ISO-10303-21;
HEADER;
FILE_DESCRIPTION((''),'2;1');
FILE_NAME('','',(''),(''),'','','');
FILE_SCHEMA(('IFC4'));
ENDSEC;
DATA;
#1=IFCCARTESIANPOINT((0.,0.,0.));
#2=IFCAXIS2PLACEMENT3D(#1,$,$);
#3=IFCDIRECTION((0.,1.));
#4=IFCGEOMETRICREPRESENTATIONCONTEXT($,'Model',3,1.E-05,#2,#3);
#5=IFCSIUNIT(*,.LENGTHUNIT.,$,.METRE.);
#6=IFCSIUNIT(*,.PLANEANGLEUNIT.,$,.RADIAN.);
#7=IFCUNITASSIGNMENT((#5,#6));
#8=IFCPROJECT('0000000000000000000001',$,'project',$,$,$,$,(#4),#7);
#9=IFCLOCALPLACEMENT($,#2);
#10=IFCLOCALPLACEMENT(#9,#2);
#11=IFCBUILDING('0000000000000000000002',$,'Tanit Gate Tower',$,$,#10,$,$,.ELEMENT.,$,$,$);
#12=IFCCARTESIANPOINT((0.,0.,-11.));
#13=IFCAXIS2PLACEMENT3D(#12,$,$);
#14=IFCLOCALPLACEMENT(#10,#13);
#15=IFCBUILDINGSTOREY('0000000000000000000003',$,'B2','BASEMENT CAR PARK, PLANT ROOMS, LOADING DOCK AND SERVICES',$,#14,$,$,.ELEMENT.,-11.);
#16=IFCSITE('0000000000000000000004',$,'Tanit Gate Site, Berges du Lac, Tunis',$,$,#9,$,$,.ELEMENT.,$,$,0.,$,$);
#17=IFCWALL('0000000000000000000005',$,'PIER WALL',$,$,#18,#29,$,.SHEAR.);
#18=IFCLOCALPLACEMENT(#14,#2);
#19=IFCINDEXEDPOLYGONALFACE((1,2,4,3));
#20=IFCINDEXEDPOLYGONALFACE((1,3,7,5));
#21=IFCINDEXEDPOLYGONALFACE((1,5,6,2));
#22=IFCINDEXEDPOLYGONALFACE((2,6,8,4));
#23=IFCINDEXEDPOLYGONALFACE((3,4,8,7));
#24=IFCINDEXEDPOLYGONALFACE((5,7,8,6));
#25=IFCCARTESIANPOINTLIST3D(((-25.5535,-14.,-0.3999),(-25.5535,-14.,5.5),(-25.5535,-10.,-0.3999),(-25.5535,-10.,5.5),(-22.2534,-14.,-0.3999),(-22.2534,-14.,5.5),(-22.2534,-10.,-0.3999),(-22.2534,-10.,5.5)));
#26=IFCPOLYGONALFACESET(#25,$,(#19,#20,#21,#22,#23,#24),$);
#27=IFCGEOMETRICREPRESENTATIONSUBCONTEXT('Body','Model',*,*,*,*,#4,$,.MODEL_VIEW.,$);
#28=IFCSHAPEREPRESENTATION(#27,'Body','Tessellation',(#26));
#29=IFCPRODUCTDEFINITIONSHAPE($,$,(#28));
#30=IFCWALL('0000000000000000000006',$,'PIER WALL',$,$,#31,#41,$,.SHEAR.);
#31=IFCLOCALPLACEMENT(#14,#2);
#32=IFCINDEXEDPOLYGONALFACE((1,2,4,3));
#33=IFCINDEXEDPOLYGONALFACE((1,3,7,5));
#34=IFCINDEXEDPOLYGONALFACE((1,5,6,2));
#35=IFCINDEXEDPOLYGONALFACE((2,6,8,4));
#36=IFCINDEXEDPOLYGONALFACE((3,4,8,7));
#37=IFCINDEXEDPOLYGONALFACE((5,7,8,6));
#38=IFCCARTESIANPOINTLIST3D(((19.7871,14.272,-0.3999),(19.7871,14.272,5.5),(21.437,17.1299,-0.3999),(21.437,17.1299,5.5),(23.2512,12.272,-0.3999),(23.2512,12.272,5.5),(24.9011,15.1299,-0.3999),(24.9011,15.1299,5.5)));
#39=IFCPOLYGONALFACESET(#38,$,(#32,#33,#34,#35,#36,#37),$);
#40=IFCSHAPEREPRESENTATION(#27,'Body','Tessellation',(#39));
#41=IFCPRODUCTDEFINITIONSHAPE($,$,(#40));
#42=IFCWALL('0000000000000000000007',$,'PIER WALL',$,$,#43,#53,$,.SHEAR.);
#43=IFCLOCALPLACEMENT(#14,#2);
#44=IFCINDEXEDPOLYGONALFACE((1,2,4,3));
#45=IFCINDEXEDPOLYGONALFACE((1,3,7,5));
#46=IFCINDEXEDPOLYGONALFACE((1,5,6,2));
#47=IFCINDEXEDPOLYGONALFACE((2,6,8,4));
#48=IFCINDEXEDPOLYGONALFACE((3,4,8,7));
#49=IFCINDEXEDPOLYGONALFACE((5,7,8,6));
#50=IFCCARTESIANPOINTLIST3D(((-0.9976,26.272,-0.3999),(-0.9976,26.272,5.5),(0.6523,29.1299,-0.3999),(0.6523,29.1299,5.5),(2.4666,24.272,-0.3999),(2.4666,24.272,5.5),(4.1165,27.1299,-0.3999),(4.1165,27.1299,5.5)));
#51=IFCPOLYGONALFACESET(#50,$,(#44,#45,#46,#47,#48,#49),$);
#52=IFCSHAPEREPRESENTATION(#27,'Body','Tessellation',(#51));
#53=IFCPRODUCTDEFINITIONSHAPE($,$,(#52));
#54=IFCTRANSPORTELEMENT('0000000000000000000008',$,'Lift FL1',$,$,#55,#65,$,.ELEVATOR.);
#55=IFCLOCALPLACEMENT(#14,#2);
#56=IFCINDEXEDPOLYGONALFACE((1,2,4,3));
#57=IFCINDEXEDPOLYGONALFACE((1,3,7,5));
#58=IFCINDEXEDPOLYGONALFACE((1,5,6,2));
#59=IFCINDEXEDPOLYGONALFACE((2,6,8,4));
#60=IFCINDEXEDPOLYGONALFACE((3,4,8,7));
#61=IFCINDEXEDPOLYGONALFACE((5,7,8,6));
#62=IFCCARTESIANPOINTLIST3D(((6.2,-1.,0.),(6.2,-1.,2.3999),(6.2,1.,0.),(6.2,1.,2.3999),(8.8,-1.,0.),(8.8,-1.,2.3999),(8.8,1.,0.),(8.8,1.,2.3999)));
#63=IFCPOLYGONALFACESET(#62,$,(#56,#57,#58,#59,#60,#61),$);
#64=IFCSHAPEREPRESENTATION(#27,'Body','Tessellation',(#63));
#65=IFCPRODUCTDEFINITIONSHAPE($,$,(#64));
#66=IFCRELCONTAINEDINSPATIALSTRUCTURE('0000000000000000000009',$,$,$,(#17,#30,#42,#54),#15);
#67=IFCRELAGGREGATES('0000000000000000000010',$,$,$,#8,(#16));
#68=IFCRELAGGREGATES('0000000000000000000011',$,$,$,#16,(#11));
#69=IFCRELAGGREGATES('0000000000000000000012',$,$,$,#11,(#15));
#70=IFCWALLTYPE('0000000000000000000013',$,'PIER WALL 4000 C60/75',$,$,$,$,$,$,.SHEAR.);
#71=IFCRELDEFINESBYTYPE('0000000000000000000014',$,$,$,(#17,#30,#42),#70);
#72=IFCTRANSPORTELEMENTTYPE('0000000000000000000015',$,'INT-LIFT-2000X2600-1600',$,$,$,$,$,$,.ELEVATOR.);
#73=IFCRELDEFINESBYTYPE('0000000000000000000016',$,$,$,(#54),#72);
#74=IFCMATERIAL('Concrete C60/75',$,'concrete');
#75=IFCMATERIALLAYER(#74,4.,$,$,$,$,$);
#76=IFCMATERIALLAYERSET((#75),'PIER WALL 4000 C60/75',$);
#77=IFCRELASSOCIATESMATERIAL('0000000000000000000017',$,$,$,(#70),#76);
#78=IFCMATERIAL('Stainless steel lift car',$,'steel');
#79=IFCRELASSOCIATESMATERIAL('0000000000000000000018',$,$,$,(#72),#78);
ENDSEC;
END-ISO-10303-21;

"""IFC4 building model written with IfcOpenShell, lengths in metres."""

from ifc_helpers import new_model, si_unit, direction, frame, origin, origin_2d, place, context, subcontext, project, spatial, polyline, rectangle, outline, extrude, material, layer, layer_set, type_object, element, save


model = new_model("IFC4")

# Units and contexts
model_context = context("Model", 3, precision=1e-05, world=origin(), true_north=direction((0.0, 1.0)))
body_context = subcontext(model_context, "Body", "Model", "MODEL_VIEW")
ifc_project = project(units=[si_unit("LENGTHUNIT", "METRE"), si_unit("PLANEANGLEUNIT", "RADIAN")], contexts=[model_context])

# Site, building, storey
site_placement = place(None, origin())
site = spatial("IfcSite", under=ifc_project, at=site_placement, Name="Tanit Gate Site, Berges du Lac, Tunis", CompositionType="ELEMENT", RefElevation=0.0)
building_placement = place(site_placement, origin())
building = spatial("IfcBuilding", under=site, at=building_placement, Name="Tanit Gate Tower", CompositionType="ELEMENT")
storey_placement = place(building_placement, frame((0.0, 0.0, -11.0)))
storey = spatial("IfcBuildingStorey", under=building, at=storey_placement, Name="B2", Description="BASEMENT CAR PARK, PLANT ROOMS, LOADING DOCK AND SERVICES", CompositionType="ELEMENT", Elevation=-11.0)

# Walls
ifc_material_1 = material(Name="Concrete C60/75", Category="concrete")
ifc_layer_1 = layer(ifc_material_1, 4.0)
ifc_layer_set_1 = layer_set([ifc_layer_1], Name="PIER WALL 4000 C60/75")
wall_type_1 = type_object("IfcWallType", Name="PIER WALL 4000 C60/75", PredefinedType="SHEAR", material=ifc_layer_set_1)
wall_1_placement = place(storey_placement, frame((0.0, 0.0, -0.3999)))
element("IfcWall", 1, at=wall_1_placement, inside=storey, type_object=wall_type_1, Name="PIER WALL", PredefinedType="SHEAR", context=body_context, shape_type="SweptSolid", body=[
    extrude(outline(polyline([(-25.5535, -10.0), (-25.5535, -14.0), (-22.2534, -14.0), (-22.2534, -10.0), (-25.5535, -10.0)])), origin(), (0.0, 0.0, 1.0), 5.8999),
])
wall_2_placement = place(storey_placement, frame((0.0, 0.0, -0.3999)))
element("IfcWall", 2, at=wall_2_placement, inside=storey, type_object=wall_type_1, Name="PIER WALL", PredefinedType="SHEAR", context=body_context, shape_type="SweptSolid", body=[
    extrude(outline(polyline([(24.9011, 15.1299), (21.437, 17.1299), (19.7871, 14.272), (23.2512, 12.272), (24.9011, 15.1299)])), origin(), (0.0, 0.0, 1.0), 5.8999),
])
wall_3_placement = place(storey_placement, frame((0.0, 0.0, -0.3999)))
element("IfcWall", 3, at=wall_3_placement, inside=storey, type_object=wall_type_1, Name="PIER WALL", PredefinedType="SHEAR", context=body_context, shape_type="SweptSolid", body=[
    extrude(outline(polyline([(4.1165, 27.1299), (0.6523, 29.1299), (-0.9976, 26.272), (2.4666, 24.272), (4.1165, 27.1299)])), origin(), (0.0, 0.0, 1.0), 5.8999),
])

# Transport element
ifc_material_2 = material(Name="Stainless steel lift car", Category="steel")
transport_element_type = type_object("IfcTransportElementType", Name="INT-LIFT-2000X2600-1600", PredefinedType="ELEVATOR", material=ifc_material_2)
transport_element_placement = place(storey_placement, frame((7.5, 0.0, 0.0), z_axis=(0.0, 0.0, 1.0), x_axis=(0.0, 1.0, 0.0)))
element("IfcTransportElement", 4, at=transport_element_placement, inside=storey, type_object=transport_element_type, Name="Lift FL1", PredefinedType="ELEVATOR", context=body_context, shape_type="SweptSolid", body=[
    extrude(rectangle(XDim=2.0, YDim=2.6001, at=origin_2d()), origin(), (0.0, 0.0, 1.0), 2.3999),
])

save(model, "model.ifc")
